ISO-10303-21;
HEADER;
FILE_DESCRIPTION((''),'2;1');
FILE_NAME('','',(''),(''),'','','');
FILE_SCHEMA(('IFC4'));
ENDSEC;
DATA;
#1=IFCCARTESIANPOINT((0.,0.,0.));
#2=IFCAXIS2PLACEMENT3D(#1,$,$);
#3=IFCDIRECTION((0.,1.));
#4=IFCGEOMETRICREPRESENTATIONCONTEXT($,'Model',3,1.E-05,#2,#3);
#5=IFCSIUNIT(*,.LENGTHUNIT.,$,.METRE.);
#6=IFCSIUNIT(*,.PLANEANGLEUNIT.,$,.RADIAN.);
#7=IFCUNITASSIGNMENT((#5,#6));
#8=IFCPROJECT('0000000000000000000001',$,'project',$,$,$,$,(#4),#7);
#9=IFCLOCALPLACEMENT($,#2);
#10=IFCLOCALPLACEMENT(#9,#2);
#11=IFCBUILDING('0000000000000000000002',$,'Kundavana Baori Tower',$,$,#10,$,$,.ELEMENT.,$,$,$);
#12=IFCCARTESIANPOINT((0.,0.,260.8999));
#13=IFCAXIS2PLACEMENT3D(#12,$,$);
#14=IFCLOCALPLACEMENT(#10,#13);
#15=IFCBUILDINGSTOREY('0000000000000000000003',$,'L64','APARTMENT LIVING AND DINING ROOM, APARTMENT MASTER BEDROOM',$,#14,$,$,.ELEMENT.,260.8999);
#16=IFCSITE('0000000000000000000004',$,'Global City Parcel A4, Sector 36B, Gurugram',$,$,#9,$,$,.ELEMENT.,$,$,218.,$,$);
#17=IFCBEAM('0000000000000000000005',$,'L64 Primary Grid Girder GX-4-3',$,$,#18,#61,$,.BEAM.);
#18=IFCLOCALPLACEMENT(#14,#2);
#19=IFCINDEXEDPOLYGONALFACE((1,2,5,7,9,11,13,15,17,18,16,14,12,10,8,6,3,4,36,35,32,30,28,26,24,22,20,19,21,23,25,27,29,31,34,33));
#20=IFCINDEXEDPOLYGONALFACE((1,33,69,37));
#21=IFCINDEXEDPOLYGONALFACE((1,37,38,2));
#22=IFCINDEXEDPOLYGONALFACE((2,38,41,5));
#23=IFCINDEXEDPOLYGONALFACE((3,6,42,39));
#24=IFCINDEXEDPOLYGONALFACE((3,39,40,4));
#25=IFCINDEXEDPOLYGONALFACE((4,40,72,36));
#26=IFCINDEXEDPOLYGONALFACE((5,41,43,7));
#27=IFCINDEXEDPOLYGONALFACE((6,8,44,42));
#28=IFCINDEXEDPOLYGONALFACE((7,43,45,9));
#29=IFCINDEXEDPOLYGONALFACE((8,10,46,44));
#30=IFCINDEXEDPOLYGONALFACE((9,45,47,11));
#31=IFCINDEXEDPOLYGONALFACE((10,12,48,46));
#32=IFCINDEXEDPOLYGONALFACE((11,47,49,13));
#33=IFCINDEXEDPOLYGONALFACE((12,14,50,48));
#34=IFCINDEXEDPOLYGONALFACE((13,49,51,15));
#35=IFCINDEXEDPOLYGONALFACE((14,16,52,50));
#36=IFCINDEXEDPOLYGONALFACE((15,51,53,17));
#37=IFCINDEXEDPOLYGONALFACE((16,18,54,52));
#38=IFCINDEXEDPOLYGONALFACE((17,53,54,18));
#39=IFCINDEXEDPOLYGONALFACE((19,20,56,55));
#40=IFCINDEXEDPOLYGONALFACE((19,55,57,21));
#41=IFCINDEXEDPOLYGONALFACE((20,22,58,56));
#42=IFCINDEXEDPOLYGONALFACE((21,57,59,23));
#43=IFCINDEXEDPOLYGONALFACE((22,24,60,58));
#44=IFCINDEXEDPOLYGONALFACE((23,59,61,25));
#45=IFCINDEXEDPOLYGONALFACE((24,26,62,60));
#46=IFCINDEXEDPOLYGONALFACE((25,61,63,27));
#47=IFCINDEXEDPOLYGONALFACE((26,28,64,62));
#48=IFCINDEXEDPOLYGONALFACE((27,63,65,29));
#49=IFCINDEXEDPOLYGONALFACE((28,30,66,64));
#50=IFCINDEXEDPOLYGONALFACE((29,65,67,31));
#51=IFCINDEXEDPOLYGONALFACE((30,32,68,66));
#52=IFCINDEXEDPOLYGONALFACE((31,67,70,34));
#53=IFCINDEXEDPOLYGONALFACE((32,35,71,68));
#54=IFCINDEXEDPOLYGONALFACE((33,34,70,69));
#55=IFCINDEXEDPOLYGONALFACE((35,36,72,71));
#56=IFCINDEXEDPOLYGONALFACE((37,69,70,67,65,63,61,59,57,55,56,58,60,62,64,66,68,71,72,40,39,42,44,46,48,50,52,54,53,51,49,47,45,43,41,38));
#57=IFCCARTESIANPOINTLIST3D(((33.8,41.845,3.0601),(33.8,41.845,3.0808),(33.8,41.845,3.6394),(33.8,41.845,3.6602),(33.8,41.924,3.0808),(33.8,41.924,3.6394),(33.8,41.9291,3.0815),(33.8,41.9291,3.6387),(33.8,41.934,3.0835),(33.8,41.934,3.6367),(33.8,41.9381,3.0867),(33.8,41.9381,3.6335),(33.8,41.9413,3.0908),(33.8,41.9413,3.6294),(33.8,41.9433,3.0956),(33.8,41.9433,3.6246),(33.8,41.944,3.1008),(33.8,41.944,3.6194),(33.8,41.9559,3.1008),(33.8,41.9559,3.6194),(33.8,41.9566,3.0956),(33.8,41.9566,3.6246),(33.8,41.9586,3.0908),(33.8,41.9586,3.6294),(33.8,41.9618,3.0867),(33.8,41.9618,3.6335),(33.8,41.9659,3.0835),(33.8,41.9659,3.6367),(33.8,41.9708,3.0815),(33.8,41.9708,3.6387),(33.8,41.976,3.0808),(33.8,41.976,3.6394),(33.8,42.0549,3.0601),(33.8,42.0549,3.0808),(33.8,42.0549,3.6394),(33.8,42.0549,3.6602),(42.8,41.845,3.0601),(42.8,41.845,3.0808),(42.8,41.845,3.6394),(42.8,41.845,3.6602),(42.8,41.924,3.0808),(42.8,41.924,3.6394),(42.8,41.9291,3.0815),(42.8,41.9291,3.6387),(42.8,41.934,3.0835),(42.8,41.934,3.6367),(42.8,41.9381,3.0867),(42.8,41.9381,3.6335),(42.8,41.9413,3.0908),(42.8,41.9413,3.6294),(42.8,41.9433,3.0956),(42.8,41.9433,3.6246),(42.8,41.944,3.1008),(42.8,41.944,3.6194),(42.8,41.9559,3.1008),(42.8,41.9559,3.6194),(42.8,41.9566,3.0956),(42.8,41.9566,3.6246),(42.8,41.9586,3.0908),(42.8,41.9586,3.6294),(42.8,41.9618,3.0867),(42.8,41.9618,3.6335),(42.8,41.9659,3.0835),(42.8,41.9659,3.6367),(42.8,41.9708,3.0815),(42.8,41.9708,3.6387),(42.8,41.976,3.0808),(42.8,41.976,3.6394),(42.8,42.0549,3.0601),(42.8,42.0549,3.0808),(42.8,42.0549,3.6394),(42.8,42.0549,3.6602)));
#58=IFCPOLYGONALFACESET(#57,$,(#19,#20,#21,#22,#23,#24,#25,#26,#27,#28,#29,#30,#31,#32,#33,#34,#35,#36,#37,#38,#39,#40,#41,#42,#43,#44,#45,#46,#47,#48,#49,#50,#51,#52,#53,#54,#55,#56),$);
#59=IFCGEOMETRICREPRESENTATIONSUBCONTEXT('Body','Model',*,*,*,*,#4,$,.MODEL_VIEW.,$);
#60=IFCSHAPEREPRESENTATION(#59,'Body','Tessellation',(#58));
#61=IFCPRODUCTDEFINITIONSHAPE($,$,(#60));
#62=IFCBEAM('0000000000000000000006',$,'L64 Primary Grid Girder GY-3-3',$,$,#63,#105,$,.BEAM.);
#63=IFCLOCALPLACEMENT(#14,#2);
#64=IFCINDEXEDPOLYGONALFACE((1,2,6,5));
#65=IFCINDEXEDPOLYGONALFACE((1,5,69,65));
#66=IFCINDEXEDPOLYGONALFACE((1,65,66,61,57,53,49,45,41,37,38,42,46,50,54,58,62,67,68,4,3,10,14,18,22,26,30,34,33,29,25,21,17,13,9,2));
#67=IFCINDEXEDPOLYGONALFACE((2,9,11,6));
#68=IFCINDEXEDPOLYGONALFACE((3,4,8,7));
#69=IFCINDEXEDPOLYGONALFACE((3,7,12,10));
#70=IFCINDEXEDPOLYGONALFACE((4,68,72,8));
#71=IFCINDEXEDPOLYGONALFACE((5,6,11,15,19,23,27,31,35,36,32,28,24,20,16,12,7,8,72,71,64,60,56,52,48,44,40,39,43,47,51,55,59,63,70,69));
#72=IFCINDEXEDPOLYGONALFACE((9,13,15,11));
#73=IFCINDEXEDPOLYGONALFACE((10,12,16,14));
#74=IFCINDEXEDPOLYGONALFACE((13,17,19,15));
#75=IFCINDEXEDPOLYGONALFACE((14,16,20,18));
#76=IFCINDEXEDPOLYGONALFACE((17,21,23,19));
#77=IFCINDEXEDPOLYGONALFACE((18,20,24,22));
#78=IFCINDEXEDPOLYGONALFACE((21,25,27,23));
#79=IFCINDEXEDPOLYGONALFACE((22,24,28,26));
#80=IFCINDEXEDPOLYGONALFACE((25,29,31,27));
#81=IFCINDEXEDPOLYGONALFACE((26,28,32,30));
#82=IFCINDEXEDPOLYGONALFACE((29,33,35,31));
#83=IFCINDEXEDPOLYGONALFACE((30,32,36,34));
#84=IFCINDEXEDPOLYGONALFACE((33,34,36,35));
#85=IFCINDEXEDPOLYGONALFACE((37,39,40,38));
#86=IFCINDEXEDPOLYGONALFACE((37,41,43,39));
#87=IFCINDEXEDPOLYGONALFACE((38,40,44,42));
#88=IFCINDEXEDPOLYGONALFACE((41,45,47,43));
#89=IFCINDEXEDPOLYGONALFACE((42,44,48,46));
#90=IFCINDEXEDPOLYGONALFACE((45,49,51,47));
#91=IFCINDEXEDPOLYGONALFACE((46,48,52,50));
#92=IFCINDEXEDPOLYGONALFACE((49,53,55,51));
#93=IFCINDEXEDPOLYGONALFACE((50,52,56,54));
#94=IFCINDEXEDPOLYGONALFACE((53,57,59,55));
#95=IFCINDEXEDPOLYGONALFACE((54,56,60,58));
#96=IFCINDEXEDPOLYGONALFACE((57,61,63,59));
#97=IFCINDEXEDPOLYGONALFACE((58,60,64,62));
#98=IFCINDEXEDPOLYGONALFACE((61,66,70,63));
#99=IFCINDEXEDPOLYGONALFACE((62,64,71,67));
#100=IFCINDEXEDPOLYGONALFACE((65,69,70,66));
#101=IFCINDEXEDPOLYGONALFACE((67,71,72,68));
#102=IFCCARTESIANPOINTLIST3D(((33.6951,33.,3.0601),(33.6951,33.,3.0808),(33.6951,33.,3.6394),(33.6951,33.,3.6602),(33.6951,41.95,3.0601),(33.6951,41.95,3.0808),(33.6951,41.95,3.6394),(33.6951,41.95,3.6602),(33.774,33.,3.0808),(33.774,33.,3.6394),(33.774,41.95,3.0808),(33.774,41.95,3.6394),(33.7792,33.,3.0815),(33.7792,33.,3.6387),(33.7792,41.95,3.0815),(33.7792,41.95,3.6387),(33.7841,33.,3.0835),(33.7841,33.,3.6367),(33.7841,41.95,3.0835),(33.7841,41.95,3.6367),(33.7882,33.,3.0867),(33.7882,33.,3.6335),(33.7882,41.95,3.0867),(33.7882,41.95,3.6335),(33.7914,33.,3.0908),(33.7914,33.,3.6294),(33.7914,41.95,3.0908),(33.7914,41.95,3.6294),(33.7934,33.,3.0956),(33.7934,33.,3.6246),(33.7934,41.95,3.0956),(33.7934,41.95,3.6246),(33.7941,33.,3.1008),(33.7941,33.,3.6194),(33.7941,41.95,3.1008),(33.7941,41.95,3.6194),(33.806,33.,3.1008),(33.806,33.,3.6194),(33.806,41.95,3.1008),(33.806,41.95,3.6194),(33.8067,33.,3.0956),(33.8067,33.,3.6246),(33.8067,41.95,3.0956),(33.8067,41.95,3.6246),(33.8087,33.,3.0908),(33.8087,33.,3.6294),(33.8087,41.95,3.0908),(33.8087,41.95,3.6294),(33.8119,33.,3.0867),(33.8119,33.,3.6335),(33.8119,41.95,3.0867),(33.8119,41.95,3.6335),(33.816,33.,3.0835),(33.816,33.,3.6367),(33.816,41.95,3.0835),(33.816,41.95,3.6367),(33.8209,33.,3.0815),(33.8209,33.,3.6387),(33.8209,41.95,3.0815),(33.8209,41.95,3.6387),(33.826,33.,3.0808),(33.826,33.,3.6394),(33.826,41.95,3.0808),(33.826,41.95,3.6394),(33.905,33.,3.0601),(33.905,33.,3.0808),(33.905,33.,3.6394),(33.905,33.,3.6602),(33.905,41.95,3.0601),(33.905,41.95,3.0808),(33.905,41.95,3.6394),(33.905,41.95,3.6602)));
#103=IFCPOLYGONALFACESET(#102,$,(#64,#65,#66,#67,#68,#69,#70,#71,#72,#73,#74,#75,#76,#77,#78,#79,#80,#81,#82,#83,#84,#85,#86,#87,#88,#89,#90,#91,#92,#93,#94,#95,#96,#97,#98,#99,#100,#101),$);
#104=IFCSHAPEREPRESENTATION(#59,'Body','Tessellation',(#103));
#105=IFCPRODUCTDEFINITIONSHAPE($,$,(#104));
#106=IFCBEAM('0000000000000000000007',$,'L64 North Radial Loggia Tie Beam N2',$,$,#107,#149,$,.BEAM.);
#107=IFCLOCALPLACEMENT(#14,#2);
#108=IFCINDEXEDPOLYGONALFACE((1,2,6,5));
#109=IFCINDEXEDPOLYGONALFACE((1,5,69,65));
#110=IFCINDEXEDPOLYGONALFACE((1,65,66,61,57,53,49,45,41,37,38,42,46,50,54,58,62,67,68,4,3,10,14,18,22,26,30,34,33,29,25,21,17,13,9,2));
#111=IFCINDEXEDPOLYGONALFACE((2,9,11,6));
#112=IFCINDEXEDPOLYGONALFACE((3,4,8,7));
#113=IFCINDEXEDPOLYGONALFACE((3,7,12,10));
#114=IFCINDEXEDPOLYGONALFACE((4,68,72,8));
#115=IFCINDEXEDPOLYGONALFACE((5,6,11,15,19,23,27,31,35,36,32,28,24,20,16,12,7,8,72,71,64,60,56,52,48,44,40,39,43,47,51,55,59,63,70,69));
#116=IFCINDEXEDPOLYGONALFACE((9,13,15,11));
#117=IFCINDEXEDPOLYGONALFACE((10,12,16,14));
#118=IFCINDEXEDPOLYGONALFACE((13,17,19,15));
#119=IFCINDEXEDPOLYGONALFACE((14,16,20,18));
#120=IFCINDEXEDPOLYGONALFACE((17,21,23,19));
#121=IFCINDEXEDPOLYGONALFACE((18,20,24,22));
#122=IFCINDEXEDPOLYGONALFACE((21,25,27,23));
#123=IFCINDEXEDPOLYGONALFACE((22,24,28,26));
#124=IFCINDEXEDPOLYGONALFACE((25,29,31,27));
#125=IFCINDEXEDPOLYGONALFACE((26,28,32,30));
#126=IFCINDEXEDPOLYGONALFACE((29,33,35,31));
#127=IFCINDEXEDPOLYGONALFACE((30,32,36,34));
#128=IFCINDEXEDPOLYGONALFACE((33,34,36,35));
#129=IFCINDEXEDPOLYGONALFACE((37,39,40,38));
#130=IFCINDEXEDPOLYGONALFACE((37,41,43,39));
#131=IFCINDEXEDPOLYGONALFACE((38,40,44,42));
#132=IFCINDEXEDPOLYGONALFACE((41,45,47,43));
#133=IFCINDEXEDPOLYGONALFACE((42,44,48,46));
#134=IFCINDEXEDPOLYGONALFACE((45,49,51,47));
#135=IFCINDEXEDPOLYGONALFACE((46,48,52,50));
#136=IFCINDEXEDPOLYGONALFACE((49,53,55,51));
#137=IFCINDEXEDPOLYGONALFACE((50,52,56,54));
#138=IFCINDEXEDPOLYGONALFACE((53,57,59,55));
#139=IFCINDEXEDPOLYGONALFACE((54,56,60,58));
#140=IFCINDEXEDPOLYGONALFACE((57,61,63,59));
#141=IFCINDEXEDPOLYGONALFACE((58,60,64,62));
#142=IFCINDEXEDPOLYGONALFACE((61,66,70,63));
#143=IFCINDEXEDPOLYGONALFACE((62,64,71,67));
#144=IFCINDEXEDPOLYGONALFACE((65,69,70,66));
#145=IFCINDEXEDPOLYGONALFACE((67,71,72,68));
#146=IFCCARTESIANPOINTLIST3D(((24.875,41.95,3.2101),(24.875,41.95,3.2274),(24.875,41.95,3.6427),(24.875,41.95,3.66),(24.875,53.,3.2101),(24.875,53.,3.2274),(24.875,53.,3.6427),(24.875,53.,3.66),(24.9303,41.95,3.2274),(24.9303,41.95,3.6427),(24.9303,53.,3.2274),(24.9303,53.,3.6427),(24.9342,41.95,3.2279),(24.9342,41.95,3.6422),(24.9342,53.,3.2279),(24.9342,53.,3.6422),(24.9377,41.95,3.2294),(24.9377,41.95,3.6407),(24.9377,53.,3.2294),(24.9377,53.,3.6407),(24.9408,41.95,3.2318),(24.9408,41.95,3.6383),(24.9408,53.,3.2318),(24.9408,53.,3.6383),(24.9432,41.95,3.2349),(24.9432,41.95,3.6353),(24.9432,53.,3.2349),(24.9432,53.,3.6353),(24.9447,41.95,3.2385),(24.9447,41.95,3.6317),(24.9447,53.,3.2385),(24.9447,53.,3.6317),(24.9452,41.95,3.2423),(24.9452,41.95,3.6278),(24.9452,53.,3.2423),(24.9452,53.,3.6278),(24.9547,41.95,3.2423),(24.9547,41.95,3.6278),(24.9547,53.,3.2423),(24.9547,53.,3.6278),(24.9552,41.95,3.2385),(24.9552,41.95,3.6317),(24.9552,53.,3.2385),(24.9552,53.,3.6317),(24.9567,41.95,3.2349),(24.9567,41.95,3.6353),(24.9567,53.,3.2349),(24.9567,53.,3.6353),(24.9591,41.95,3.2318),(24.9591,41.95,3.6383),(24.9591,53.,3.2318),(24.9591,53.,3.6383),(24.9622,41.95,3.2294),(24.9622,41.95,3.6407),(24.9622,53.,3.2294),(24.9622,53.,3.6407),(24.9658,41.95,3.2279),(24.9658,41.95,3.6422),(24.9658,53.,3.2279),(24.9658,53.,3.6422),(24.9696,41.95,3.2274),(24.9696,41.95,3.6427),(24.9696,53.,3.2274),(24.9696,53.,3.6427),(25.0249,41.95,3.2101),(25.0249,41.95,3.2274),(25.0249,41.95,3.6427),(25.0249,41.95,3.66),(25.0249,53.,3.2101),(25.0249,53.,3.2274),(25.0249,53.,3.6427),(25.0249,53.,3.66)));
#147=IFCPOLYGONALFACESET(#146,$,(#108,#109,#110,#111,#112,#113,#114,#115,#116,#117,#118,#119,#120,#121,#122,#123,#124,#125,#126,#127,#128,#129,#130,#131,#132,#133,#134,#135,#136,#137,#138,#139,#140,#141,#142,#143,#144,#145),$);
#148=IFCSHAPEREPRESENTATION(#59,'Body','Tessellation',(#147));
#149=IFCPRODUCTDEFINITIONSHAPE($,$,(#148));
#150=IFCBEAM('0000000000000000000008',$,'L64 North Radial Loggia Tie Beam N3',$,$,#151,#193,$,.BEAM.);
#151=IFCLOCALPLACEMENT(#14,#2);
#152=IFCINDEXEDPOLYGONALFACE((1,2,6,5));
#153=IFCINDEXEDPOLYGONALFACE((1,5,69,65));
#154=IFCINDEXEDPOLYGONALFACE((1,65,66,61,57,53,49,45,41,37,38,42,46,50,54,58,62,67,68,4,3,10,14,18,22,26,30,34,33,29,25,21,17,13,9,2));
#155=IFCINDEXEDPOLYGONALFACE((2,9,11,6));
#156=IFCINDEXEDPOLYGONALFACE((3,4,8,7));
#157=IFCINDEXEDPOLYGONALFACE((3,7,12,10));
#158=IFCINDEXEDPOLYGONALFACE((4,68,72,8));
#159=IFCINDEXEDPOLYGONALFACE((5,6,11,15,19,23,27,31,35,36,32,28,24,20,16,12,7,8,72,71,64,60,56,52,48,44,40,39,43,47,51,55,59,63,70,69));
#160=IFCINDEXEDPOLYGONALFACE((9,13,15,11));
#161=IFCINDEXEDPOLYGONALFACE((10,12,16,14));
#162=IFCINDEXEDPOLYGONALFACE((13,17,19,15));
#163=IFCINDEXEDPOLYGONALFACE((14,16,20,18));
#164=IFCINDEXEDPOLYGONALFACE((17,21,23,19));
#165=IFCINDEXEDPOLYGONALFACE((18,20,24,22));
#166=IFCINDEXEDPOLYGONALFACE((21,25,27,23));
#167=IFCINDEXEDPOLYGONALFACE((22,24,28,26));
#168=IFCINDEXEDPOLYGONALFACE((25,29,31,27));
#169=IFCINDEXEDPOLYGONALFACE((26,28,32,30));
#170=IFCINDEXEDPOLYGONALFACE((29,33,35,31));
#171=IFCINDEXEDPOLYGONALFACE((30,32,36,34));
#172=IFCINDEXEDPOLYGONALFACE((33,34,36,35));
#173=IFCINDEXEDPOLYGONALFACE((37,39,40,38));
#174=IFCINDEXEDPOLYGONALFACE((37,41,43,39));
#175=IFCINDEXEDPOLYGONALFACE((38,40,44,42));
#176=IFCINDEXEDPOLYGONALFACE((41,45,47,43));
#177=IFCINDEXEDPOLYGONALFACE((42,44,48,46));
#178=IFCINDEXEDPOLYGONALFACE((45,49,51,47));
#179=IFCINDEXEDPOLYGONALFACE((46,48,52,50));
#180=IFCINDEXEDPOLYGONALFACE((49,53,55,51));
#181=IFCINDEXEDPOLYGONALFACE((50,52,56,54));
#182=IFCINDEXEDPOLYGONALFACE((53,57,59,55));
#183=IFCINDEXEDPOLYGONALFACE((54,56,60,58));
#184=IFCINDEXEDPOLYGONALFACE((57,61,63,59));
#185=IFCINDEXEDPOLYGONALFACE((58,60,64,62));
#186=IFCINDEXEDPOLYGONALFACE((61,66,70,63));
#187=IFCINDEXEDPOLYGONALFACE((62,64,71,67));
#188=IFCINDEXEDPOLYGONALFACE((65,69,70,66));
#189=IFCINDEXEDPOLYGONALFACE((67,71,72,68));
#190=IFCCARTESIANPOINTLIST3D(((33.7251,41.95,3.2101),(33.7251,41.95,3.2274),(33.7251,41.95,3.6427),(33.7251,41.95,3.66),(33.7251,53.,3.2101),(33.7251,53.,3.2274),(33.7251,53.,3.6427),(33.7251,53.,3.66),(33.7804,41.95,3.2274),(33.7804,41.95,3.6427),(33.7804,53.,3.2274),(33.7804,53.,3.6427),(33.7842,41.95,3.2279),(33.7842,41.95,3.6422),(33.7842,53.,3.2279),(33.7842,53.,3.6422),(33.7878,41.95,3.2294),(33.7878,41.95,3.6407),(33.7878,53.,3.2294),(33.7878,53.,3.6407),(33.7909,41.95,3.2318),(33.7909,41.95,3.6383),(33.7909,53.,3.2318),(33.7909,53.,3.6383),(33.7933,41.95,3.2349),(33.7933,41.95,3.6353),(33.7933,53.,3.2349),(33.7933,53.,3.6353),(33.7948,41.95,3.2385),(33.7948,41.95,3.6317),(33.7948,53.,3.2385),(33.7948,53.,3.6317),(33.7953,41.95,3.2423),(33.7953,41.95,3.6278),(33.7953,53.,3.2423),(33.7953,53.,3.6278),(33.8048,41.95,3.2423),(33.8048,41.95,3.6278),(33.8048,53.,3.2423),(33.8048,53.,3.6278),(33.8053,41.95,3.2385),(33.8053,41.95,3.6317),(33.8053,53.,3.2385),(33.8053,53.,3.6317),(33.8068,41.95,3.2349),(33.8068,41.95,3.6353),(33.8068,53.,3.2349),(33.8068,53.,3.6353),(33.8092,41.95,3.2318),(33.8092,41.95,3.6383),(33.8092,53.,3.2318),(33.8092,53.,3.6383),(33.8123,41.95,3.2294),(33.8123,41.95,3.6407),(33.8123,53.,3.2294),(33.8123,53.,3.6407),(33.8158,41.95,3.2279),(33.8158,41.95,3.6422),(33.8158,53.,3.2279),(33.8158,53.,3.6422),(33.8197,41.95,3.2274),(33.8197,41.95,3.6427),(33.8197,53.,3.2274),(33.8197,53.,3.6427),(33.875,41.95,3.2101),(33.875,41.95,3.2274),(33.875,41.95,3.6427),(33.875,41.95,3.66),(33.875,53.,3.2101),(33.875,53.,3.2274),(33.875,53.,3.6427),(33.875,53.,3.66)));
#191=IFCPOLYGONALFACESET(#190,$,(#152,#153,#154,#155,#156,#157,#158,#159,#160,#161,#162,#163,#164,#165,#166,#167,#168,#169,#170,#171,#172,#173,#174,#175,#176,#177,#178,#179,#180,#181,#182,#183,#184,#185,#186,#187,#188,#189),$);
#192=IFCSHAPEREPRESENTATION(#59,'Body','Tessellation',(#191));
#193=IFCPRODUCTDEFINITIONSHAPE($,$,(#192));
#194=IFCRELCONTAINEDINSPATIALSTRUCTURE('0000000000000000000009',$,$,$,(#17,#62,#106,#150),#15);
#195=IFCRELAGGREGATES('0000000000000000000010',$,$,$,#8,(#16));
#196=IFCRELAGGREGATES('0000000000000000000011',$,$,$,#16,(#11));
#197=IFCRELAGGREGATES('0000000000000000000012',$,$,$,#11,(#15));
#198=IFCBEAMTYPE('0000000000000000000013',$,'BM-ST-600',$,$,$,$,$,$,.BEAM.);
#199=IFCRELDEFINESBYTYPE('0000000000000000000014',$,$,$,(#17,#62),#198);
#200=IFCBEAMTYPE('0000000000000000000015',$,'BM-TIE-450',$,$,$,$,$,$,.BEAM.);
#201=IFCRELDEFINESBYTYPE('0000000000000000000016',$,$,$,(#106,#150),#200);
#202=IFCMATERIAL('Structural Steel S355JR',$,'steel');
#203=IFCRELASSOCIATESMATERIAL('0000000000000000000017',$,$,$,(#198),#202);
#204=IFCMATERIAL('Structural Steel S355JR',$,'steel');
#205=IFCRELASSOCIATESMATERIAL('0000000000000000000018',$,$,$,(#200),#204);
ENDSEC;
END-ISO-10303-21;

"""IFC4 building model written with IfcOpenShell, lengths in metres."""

from ifc_helpers import new_model, si_unit, direction, frame, origin, origin_2d, place, context, subcontext, project, spatial, i_section, extrude, material, material_profile, profile_set, type_object, element, save


model = new_model("IFC4")

# Units and contexts
model_context = context("Model", 3, precision=1e-05, world=origin(), true_north=direction((0.0, 1.0)))
body_context = subcontext(model_context, "Body", "Model", "MODEL_VIEW")
ifc_project = project(units=[si_unit("LENGTHUNIT", "METRE"), si_unit("PLANEANGLEUNIT", "RADIAN")], contexts=[model_context])

# Site, building, storey
site_placement = place(None, origin())
site = spatial("IfcSite", under=ifc_project, at=site_placement, Name="Global City Parcel A4, Sector 36B, Gurugram", CompositionType="ELEMENT", RefElevation=218.0)
building_placement = place(site_placement, origin())
building = spatial("IfcBuilding", under=site, at=building_placement, Name="Kundavana Baori Tower", CompositionType="ELEMENT")
storey_placement = place(building_placement, frame((0.0, 0.0, 260.8999)))
storey = spatial("IfcBuildingStorey", under=building, at=storey_placement, Name="L64", Description="APARTMENT LIVING AND DINING ROOM, APARTMENT MASTER BEDROOM", CompositionType="ELEMENT", Elevation=260.8999)

# Beams
ifc_material_1 = material(Name="Structural Steel S355JR", Category="steel")
ifc_material_profile_1 = material_profile(ifc_material_1, i_section(OverallWidth=0.21, OverallDepth=0.6001, WebThickness=0.012, FlangeThickness=0.0208, FilletRadius=0.02, at=origin_2d()), Name="ISMB 600")
ifc_profile_set_1 = profile_set([ifc_material_profile_1], Name="Structural Steel S355JR")
beam_type_1 = type_object("IfcBeamType", Name="BM-ST-600", PredefinedType="BEAM", material=ifc_profile_set_1)
beam_1_placement = place(storey_placement, frame((33.8, 41.95, 3.3601), z_axis=(1.0, 0.0, 0.0), x_axis=(0.0, 1.0, 0.0)))
element("IfcBeam", 1, at=beam_1_placement, inside=storey, type_object=beam_type_1, Name="L64 Primary Grid Girder GX-4-3", PredefinedType="BEAM", context=body_context, shape_type="SweptSolid", body=[
    extrude(i_section(OverallWidth=0.21, OverallDepth=0.6001, WebThickness=0.012, FlangeThickness=0.0208, FilletRadius=0.02, at=origin_2d()), origin(), (0.0, 0.0, 1.0), 9.0),
])
beam_2_placement = place(storey_placement, frame((33.8, 33.0, 3.3601), z_axis=(0.0, 1.0, 0.0), x_axis=(-1.0, 0.0, 0.0)))
element("IfcBeam", 2, at=beam_2_placement, inside=storey, type_object=beam_type_1, Name="L64 Primary Grid Girder GY-3-3", PredefinedType="BEAM", context=body_context, shape_type="SweptSolid", body=[
    extrude(i_section(OverallWidth=0.21, OverallDepth=0.6001, WebThickness=0.012, FlangeThickness=0.0208, FilletRadius=0.02, at=origin_2d()), origin(), (0.0, 0.0, 1.0), 8.95),
])
ifc_material_2 = material(Name="Structural Steel S355JR", Category="steel")
ifc_material_profile_2 = material_profile(ifc_material_2, i_section(OverallWidth=0.1499, OverallDepth=0.45, WebThickness=0.0095, FlangeThickness=0.0173, FilletRadius=0.0149, at=origin_2d()), Name="ISMB 450")
ifc_profile_set_2 = profile_set([ifc_material_profile_2], Name="Structural Steel S355JR")
beam_type_2 = type_object("IfcBeamType", Name="BM-TIE-450", PredefinedType="BEAM", material=ifc_profile_set_2)
for number, where, z_axis, x_axis, name in (
    (3, (24.95, 41.95, 3.4351), (0.0, 1.0, 0.0), (-1.0, 0.0, 0.0), "L64 North Radial Loggia Tie Beam N2"),
    (4, (33.8, 41.95, 3.4351), (0.0, 1.0, 0.0), (-1.0, 0.0, 0.0), "L64 North Radial Loggia Tie Beam N3"),
):
    element("IfcBeam", number, at=place(storey_placement, frame(where, z_axis=z_axis, x_axis=x_axis)), inside=storey, type_object=beam_type_2, Name=name, PredefinedType="BEAM", context=body_context, shape_type="SweptSolid", body=[
        extrude(i_section(OverallWidth=0.1499, OverallDepth=0.45, WebThickness=0.0095, FlangeThickness=0.0173, FilletRadius=0.0149, at=origin_2d()), origin(), (0.0, 0.0, 1.0), 11.05),
    ])

save(model, "model.ifc")
